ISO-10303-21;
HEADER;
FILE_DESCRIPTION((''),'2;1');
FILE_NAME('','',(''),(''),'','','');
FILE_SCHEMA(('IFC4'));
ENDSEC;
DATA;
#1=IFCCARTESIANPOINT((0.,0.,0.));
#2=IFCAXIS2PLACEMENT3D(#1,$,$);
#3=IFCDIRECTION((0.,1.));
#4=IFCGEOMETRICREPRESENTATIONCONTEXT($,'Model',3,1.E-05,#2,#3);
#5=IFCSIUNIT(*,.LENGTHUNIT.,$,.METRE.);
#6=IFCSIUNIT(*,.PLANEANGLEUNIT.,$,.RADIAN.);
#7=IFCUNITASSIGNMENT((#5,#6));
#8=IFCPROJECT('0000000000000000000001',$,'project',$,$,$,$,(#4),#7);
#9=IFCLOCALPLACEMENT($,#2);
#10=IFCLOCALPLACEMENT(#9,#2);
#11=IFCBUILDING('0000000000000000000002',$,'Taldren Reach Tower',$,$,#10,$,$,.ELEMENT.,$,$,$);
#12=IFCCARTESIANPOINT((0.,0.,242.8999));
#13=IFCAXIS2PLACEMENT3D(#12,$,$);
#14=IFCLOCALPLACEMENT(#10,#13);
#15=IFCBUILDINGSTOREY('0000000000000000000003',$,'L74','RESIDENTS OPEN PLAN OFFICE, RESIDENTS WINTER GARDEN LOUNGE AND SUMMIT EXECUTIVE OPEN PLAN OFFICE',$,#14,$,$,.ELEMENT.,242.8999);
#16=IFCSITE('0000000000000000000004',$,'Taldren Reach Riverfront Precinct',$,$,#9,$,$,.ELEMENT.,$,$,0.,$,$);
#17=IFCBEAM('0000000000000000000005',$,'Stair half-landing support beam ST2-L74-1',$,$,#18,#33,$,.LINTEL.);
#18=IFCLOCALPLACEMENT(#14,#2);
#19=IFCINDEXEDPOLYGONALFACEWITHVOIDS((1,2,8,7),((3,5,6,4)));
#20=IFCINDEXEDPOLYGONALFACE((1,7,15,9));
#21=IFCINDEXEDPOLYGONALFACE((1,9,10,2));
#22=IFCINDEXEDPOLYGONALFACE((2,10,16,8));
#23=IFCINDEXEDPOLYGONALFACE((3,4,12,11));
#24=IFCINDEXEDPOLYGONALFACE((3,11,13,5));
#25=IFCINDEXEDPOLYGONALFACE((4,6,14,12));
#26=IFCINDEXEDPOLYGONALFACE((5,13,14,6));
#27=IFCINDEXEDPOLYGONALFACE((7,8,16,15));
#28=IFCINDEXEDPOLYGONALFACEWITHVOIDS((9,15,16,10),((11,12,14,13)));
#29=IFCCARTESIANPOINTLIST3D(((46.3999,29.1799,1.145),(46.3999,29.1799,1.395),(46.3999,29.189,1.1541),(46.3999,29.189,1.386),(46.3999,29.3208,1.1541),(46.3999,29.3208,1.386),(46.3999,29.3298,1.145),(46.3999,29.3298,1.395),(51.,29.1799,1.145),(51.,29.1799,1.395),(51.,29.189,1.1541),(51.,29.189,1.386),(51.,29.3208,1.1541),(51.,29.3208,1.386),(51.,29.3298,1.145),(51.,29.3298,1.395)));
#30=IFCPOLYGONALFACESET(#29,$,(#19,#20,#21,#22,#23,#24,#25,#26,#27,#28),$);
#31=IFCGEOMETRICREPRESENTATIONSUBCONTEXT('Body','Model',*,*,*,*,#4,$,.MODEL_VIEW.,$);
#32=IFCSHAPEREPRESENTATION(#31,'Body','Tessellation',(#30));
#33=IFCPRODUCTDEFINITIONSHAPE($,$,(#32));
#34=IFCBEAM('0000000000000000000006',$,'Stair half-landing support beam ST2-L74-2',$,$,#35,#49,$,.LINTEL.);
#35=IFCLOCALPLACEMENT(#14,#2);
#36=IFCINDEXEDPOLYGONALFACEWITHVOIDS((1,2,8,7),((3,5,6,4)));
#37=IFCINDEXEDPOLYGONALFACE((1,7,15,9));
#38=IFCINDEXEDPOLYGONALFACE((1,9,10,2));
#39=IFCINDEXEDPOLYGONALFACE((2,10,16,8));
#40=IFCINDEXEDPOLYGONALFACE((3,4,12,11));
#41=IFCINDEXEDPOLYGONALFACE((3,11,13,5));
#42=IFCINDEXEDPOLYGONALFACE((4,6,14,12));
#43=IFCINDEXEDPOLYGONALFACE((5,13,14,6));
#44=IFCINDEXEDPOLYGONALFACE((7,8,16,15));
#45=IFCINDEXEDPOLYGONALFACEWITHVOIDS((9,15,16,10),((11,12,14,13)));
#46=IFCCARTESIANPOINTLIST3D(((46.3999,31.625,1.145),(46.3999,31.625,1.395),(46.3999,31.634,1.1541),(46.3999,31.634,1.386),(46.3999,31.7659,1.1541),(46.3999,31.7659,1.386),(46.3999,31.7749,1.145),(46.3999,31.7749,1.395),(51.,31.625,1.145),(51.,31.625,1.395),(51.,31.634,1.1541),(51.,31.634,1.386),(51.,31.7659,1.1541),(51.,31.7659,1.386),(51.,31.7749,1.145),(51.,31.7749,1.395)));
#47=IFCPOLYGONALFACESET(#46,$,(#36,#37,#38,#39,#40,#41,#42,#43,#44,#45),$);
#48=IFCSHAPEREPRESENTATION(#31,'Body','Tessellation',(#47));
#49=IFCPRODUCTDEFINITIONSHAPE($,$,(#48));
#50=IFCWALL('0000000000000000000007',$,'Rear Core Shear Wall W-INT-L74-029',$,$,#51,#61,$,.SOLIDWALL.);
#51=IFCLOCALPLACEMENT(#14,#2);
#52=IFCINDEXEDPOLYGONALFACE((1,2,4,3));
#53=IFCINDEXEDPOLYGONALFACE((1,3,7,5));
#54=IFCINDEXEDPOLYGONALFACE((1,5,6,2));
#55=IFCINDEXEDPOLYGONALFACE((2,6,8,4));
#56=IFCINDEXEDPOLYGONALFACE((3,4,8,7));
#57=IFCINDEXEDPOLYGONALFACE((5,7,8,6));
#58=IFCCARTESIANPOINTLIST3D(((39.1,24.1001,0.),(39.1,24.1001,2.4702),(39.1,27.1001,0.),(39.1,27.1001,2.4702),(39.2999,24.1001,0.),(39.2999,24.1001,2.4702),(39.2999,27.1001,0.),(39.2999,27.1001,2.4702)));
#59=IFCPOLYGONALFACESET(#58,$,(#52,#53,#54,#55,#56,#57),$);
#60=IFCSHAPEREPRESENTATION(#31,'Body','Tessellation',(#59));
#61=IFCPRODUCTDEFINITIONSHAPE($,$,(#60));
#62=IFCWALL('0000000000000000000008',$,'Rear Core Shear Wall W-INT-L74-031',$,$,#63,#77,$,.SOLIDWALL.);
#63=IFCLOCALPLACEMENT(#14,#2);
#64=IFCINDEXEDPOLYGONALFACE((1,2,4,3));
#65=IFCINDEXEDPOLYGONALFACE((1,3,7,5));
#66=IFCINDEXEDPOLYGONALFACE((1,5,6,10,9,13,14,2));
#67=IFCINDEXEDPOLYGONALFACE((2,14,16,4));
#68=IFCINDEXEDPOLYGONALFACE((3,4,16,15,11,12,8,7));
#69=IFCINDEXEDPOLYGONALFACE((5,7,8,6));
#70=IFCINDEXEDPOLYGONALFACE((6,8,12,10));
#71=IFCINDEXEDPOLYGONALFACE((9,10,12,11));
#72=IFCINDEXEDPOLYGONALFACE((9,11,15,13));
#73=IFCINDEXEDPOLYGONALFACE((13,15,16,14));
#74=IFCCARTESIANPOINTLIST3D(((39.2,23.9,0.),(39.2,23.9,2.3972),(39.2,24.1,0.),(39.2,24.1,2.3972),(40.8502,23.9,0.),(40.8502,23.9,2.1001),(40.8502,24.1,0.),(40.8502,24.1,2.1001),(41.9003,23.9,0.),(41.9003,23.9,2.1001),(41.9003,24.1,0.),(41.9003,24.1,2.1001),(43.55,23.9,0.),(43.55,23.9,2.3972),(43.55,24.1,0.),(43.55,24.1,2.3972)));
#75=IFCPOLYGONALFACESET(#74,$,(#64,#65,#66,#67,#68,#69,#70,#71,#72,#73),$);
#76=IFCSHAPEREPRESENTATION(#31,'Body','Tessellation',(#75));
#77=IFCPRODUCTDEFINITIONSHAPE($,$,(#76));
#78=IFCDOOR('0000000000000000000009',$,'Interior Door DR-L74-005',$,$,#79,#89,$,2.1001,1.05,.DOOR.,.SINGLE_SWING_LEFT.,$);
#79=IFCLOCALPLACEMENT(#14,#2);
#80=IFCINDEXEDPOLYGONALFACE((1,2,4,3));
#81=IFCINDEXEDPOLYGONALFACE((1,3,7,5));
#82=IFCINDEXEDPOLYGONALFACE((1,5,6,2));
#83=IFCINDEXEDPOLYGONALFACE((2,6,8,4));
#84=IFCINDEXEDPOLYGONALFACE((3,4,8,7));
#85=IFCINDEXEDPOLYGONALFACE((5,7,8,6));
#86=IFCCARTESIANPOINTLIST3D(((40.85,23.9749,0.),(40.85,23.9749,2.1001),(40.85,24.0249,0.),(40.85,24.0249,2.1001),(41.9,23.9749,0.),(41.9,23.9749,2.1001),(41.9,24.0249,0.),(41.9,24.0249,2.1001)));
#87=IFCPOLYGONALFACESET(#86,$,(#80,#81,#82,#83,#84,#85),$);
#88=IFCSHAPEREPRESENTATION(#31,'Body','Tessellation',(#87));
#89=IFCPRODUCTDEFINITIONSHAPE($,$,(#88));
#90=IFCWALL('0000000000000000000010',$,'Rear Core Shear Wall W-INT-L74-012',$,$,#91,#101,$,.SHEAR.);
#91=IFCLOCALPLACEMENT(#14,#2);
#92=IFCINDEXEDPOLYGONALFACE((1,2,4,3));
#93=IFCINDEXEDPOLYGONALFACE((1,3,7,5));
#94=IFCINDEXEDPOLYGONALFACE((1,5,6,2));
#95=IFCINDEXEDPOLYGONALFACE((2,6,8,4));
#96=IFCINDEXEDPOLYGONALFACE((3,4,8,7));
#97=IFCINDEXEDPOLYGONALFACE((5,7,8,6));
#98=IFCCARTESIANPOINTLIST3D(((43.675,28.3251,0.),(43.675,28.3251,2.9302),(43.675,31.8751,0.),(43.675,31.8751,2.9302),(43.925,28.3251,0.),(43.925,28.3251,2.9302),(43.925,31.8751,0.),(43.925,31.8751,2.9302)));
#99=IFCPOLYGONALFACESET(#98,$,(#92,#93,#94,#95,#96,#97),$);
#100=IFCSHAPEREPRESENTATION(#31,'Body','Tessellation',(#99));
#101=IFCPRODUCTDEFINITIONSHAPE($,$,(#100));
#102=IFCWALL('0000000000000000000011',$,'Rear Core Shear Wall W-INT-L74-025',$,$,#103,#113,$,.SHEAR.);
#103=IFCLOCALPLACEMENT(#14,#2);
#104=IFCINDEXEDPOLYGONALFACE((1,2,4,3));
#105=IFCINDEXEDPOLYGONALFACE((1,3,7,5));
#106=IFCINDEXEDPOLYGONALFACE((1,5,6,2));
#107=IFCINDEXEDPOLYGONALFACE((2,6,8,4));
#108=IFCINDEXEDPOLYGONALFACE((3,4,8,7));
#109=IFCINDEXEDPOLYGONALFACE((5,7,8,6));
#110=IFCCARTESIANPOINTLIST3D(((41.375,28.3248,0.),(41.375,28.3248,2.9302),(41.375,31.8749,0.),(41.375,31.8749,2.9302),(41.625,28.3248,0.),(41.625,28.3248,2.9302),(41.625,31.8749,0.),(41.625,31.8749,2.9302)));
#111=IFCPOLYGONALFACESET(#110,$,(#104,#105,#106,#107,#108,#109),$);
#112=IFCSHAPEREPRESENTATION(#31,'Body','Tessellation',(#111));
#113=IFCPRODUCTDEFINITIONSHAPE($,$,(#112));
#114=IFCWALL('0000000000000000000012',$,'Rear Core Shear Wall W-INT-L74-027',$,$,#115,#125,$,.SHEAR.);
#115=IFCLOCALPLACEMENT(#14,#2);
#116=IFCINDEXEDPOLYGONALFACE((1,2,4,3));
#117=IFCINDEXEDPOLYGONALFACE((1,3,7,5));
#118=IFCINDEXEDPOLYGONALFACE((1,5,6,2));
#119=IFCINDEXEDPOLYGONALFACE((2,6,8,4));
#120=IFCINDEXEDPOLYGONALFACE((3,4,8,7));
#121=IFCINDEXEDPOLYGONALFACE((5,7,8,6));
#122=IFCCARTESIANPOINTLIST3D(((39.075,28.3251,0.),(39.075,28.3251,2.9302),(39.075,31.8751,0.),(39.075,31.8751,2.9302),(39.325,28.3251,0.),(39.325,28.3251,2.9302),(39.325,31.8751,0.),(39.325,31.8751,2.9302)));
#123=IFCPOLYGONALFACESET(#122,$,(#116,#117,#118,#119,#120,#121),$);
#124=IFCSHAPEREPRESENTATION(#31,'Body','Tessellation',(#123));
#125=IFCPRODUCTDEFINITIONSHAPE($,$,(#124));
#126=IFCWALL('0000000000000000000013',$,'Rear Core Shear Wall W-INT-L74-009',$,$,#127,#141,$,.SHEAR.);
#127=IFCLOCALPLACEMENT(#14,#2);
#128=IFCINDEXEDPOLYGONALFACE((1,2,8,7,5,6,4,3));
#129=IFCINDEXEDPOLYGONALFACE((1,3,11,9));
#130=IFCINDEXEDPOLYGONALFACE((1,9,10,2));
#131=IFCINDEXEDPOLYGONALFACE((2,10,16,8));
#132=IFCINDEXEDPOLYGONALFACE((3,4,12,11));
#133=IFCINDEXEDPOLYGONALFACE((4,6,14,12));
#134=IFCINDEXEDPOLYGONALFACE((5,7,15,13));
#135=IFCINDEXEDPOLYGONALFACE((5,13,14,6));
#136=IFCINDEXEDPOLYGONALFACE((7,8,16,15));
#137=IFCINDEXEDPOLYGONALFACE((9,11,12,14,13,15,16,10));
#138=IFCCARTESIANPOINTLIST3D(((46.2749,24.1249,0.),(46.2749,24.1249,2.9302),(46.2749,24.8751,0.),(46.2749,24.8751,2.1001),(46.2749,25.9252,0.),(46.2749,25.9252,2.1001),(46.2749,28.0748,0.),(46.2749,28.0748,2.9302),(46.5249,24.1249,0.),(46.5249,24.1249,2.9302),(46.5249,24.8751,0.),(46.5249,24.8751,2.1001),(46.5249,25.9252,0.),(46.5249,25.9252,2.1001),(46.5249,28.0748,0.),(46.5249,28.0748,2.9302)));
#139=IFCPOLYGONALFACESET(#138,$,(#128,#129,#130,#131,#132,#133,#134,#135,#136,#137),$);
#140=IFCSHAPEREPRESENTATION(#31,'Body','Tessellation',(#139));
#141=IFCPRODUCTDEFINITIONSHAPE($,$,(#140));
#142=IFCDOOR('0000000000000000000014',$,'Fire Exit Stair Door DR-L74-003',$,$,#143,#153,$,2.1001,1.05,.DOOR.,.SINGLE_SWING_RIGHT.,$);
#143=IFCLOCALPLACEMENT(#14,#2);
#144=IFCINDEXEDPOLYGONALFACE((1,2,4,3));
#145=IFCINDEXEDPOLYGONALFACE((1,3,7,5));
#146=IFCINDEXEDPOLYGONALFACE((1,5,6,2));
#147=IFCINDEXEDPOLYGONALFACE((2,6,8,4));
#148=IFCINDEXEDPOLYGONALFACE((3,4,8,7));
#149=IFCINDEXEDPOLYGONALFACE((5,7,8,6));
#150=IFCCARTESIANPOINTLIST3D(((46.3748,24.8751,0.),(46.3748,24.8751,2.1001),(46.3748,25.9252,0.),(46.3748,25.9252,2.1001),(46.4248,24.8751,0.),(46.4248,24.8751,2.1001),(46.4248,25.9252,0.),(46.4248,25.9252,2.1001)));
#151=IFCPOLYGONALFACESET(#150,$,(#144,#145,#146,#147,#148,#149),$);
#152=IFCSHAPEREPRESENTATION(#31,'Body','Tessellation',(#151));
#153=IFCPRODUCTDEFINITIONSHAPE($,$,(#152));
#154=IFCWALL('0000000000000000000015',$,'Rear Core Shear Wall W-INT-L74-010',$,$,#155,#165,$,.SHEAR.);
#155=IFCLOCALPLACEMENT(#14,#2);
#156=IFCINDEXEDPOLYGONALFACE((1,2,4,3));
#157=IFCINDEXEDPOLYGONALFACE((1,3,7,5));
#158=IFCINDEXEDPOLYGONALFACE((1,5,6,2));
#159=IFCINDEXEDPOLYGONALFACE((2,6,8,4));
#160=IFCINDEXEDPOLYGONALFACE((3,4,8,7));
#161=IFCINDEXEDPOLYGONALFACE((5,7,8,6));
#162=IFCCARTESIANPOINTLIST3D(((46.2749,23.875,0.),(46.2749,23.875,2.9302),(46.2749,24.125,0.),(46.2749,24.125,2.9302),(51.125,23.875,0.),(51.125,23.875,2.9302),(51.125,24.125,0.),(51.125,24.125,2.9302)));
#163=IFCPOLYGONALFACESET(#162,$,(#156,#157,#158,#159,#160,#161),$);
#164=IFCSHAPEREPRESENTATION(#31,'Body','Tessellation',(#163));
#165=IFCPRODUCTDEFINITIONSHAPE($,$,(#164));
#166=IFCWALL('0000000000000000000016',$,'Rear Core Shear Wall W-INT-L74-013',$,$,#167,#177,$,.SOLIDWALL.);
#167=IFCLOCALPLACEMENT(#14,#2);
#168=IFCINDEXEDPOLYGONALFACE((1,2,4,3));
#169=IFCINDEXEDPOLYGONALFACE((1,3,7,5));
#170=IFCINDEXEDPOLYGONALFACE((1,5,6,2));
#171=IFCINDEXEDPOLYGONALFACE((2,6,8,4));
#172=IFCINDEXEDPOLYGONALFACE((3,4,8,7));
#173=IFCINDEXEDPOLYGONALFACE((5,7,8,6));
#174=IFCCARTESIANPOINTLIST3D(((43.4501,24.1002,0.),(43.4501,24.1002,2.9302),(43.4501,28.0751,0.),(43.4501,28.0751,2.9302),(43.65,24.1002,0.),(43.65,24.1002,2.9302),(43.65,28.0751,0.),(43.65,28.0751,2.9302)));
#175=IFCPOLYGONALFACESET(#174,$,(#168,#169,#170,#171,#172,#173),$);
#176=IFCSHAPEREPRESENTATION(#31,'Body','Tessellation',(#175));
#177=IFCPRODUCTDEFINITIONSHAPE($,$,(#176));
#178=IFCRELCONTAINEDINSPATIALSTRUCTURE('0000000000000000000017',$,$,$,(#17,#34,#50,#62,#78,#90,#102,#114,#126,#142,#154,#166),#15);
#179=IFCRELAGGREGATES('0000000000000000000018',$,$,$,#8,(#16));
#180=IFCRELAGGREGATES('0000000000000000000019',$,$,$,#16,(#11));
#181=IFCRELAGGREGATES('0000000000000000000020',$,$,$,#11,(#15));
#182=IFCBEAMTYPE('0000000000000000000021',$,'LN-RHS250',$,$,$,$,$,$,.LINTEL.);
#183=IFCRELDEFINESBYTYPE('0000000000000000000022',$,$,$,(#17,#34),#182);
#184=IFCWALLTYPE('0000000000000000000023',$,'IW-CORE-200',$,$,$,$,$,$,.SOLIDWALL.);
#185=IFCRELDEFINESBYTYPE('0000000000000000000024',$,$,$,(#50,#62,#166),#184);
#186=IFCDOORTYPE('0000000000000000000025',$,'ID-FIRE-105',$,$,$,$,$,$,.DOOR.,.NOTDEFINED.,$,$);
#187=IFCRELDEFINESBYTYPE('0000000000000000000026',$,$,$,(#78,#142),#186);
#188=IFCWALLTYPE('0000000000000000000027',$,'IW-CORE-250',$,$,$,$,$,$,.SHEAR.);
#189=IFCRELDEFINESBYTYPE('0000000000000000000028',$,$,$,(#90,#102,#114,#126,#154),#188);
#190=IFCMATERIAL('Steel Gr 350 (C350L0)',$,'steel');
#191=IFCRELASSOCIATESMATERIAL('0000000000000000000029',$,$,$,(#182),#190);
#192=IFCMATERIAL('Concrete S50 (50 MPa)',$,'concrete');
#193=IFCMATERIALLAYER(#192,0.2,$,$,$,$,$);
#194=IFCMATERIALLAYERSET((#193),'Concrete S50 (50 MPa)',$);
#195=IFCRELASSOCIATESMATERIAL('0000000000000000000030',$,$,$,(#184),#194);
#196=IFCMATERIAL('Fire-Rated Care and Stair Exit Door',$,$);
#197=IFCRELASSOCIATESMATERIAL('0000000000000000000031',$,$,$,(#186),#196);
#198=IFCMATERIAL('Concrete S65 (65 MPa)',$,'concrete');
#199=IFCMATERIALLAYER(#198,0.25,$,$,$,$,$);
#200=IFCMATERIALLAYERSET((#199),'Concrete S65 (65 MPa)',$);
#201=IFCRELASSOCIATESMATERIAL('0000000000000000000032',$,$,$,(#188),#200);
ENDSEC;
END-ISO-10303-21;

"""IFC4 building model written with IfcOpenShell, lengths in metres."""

from ifc_helpers import new_model, si_unit, direction, frame, frame_2d, origin, origin_2d, place, context, subcontext, project, spatial, rectangle, hollow_rectangle, extrude, source, transform, mapped, material, layer, layer_set, material_profile, profile_set, type_object, element, fill, save


model = new_model("IFC4")

# Units and contexts
model_context = context("Model", 3, precision=1e-05, world=origin(), true_north=direction((0.0, 1.0)))
body_context = subcontext(model_context, "Body", "Model", "MODEL_VIEW")
ifc_project = project(units=[si_unit("LENGTHUNIT", "METRE"), si_unit("PLANEANGLEUNIT", "RADIAN")], contexts=[model_context])

# Site, building, storey
site_placement = place(None, origin())
site = spatial("IfcSite", under=ifc_project, at=site_placement, Name="Taldren Reach Riverfront Precinct", CompositionType="ELEMENT", RefElevation=0.0)
building_placement = place(site_placement, origin())
building = spatial("IfcBuilding", under=site, at=building_placement, Name="Taldren Reach Tower", CompositionType="ELEMENT")
storey_placement = place(building_placement, frame((0.0, 0.0, 242.8999)))
storey = spatial("IfcBuildingStorey", under=building, at=storey_placement, Name="L74", Description="RESIDENTS OPEN PLAN OFFICE, RESIDENTS WINTER GARDEN LOUNGE AND SUMMIT EXECUTIVE OPEN PLAN OFFICE", CompositionType="ELEMENT", Elevation=242.8999)

# Beams
ifc_material_1 = material(Name="Steel Gr 350 (C350L0)", Category="steel")
ifc_material_profile = material_profile(ifc_material_1, hollow_rectangle(XDim=0.1499, YDim=0.25, WallThickness=0.009, at=origin_2d()), Name="250x150x9.0RHS")
ifc_profile_set = profile_set([ifc_material_profile], Name="Steel Gr 350 (C350L0)")
beam_type = type_object("IfcBeamType", Name="LN-RHS250", PredefinedType="LINTEL", material=ifc_profile_set)
shared_shape_1 = source(origin(), body_context, "Body", "SweptSolid", [
    extrude(hollow_rectangle(XDim=0.1499, YDim=0.25, WallThickness=0.009, at=origin_2d()), origin(), (0.0, 0.0, 1.0), 4.6001),
])
for number, where, z_axis, x_axis, name in (
    (1, (46.3999, 29.2549, 1.27), (1.0, 0.0, 0.0), (0.0, 1.0, 0.0), "Stair half-landing support beam ST2-L74-1"),
    (2, (46.3999, 31.7, 1.27), (1.0, 0.0, 0.0), (0.0, 1.0, 0.0), "Stair half-landing support beam ST2-L74-2"),
):
    element("IfcBeam", number, at=place(storey_placement, frame(where, z_axis=z_axis, x_axis=x_axis)), inside=storey, type_object=beam_type, Name=name, PredefinedType="LINTEL", context=body_context, shape_type="MappedRepresentation", body=[
        mapped(shared_shape_1, transform((0.0, 0.0, 0.0), scale=1.0)),
    ])

# Wall
ifc_material_2 = material(Name="Concrete S50 (50 MPa)", Category="concrete")
ifc_layer_1 = layer(ifc_material_2, 0.2)
ifc_layer_set_1 = layer_set([ifc_layer_1], Name="Concrete S50 (50 MPa)")
wall_type_1 = type_object("IfcWallType", Name="IW-CORE-200", PredefinedType="SOLIDWALL", material=ifc_layer_set_1)
shared_shape_2 = source(origin(), body_context, "Body", "SweptSolid", [
    extrude(rectangle(XDim=3.0, YDim=0.2, at=frame_2d((1.5, 0.0))), origin(), (0.0, 0.0, 1.0), 2.4702),
])
wall_1_placement = place(storey_placement, frame((39.2, 24.1001, 0.0), z_axis=(0.0, 0.0, 1.0), x_axis=(0.0, 1.0, 0.0)))
element("IfcWall", 3, at=wall_1_placement, inside=storey, type_object=wall_type_1, Name="Rear Core Shear Wall W-INT-L74-029", PredefinedType="SOLIDWALL", context=body_context, shape_type="MappedRepresentation", body=[
    mapped(shared_shape_2, transform((0.0, 0.0, 0.0), scale=1.0)),
])

# Wall, opening, door
shared_shape_3 = source(origin(), body_context, "Body", "SweptSolid", [
    extrude(rectangle(XDim=4.3501, YDim=0.2, at=frame_2d((2.175, 0.0))), origin(), (0.0, 0.0, 1.0), 2.3972),
])
wall_2_placement = place(storey_placement, frame((43.55, 24.0, 0.0), z_axis=(0.0, 0.0, 1.0), x_axis=(-1.0, 0.0, 0.0)))
wall_2 = element("IfcWall", 4, at=wall_2_placement, inside=storey, type_object=wall_type_1, Name="Rear Core Shear Wall W-INT-L74-031", PredefinedType="SOLIDWALL", context=body_context, shape_type="MappedRepresentation", body=[
    mapped(shared_shape_3, transform((0.0, 0.0, 0.0), scale=1.0)),
])
shared_shape_4 = source(origin(), body_context, "Body", "SweptSolid", [
    extrude(rectangle(XDim=1.05, YDim=2.1001, at=frame_2d((0.5249, 1.05))), frame((0.0, 0.1099, 0.0), z_axis=(0.0, -1.0, 0.0), x_axis=(1.0, 0.0, 0.0)), (0.0, 0.0, 1.0), 0.22),
])
opening_1_placement = place(wall_2_placement, frame((1.6499, 0.0, 0.0)))
opening_1 = element("IfcOpeningElement", 5, at=opening_1_placement, cuts=wall_2, PredefinedType="OPENING", context=body_context, shape_type="MappedRepresentation", body=[
    mapped(shared_shape_4, transform((0.0, 0.0, 0.0), scale=1.0)),
])
ifc_material_3 = material(Name="Fire-Rated Care and Stair Exit Door")
door_type_1 = type_object("IfcDoorType", Name="ID-FIRE-105", OperationType="NOTDEFINED", PredefinedType="DOOR", material=ifc_material_3)
shared_shape_5 = source(origin(), body_context, "Body", "SweptSolid", [
    extrude(rectangle(XDim=1.05, YDim=2.1001, at=frame_2d((0.5249, 1.05))), frame((0.0, 0.0249, 0.0), z_axis=(0.0, -1.0, 0.0), x_axis=(1.0, 0.0, 0.0)), (0.0, 0.0, 1.0), 0.05),
])
door_1_placement = place(opening_1_placement, frame((1.05, 0.0, 0.0), z_axis=(0.0, 0.0, 1.0), x_axis=(-1.0, 0.0, 0.0)))
door_1 = element("IfcDoor", 6, at=door_1_placement, inside=storey, type_object=door_type_1, Name="Interior Door DR-L74-005", OperationType="SINGLE_SWING_LEFT", OverallHeight=2.1001, OverallWidth=1.05, PredefinedType="DOOR", context=body_context, shape_type="MappedRepresentation", body=[
    mapped(shared_shape_5, transform((0.0, 0.0, 0.0), scale=1.0)),
])
fill(opening_1, door_1)

# Walls
ifc_material_4 = material(Name="Concrete S65 (65 MPa)", Category="concrete")
ifc_layer_2 = layer(ifc_material_4, 0.25)
ifc_layer_set_2 = layer_set([ifc_layer_2], Name="Concrete S65 (65 MPa)")
wall_type_2 = type_object("IfcWallType", Name="IW-CORE-250", PredefinedType="SHEAR", material=ifc_layer_set_2)
shared_shape_6 = source(origin(), body_context, "Body", "SweptSolid", [
    extrude(rectangle(XDim=3.55, YDim=0.25, at=frame_2d((1.7749, 0.0))), origin(), (0.0, 0.0, 1.0), 2.9302),
])
for number, where, z_axis, x_axis, name in (
    (7, (43.8, 31.875, 0.0), (0.0, 0.0, 1.0), (0.0, -1.0, 0.0), "Rear Core Shear Wall W-INT-L74-012"),
    (8, (41.5, 28.325, 0.0), (0.0, 0.0, 1.0), (0.0, 1.0, 0.0), "Rear Core Shear Wall W-INT-L74-025"),
    (9, (39.2, 31.875, 0.0), (0.0, 0.0, 1.0), (0.0, -1.0, 0.0), "Rear Core Shear Wall W-INT-L74-027"),
):
    element("IfcWall", number, at=place(storey_placement, frame(where, z_axis=z_axis, x_axis=x_axis)), inside=storey, type_object=wall_type_2, Name=name, PredefinedType="SHEAR", context=body_context, shape_type="MappedRepresentation", body=[
        mapped(shared_shape_6, transform((0.0, 0.0, 0.0), scale=1.0)),
    ])

# Wall, opening, door
shared_shape_7 = source(origin(), body_context, "Body", "SweptSolid", [
    extrude(rectangle(XDim=3.95, YDim=0.25, at=frame_2d((1.9751, 0.0))), origin(), (0.0, 0.0, 1.0), 2.9302),
])
wall_3_placement = place(storey_placement, frame((46.3999, 28.075, 0.0), z_axis=(0.0, 0.0, 1.0), x_axis=(0.0, -1.0, 0.0)))
wall_3 = element("IfcWall", 10, at=wall_3_placement, inside=storey, type_object=wall_type_2, Name="Rear Core Shear Wall W-INT-L74-009", PredefinedType="SHEAR", context=body_context, shape_type="MappedRepresentation", body=[
    mapped(shared_shape_7, transform((0.0, 0.0, 0.0), scale=1.0)),
])
shared_shape_8 = source(origin(), body_context, "Body", "SweptSolid", [
    extrude(rectangle(XDim=1.05, YDim=2.1001, at=frame_2d((0.5249, 1.05))), frame((0.0, 0.135, 0.0), z_axis=(0.0, -1.0, 0.0), x_axis=(1.0, 0.0, 0.0)), (0.0, 0.0, 1.0), 0.27),
])
opening_2_placement = place(wall_3_placement, frame((2.1499, 0.0, 0.0)))
opening_2 = element("IfcOpeningElement", 11, at=opening_2_placement, cuts=wall_3, PredefinedType="OPENING", context=body_context, shape_type="MappedRepresentation", body=[
    mapped(shared_shape_8, transform((0.0, 0.0, 0.0), scale=1.0)),
])
door_2_placement = place(opening_2_placement, origin())
door_2 = element("IfcDoor", 12, at=door_2_placement, inside=storey, type_object=door_type_1, Name="Fire Exit Stair Door DR-L74-003", OperationType="SINGLE_SWING_RIGHT", OverallHeight=2.1001, OverallWidth=1.05, PredefinedType="DOOR", context=body_context, shape_type="MappedRepresentation", body=[
    mapped(shared_shape_5, transform((0.0, 0.0, 0.0), scale=1.0)),
])
fill(opening_2, door_2)

# Wall
shared_shape_9 = source(origin(), body_context, "Body", "SweptSolid", [
    extrude(rectangle(XDim=4.8501, YDim=0.25, at=frame_2d((2.425, 0.0))), origin(), (0.0, 0.0, 1.0), 2.9302),
])
wall_4_placement = place(storey_placement, frame((46.2749, 24.0, 0.0), z_axis=(0.0, 0.0, 1.0), x_axis=(1.0, 0.0, 0.0)))
element("IfcWall", 13, at=wall_4_placement, inside=storey, type_object=wall_type_2, Name="Rear Core Shear Wall W-INT-L74-010", PredefinedType="SHEAR", context=body_context, shape_type="MappedRepresentation", body=[
    mapped(shared_shape_9, transform((0.0, 0.0, 0.0), scale=1.0)),
])

# Wall
shared_shape_10 = source(origin(), body_context, "Body", "SweptSolid", [
    extrude(rectangle(XDim=3.9749, YDim=0.2, at=frame_2d((1.9873, 0.0))), origin(), (0.0, 0.0, 1.0), 2.9302),
])
wall_5_placement = place(storey_placement, frame((43.55, 28.075, 0.0), z_axis=(0.0, 0.0, 1.0), x_axis=(0.0, -1.0, 0.0)))
element("IfcWall", 14, at=wall_5_placement, inside=storey, type_object=wall_type_1, Name="Rear Core Shear Wall W-INT-L74-013", PredefinedType="SOLIDWALL", context=body_context, shape_type="MappedRepresentation", body=[
    mapped(shared_shape_10, transform((0.0, 0.0, 0.0), scale=1.0)),
])

save(model, "model.ifc")
